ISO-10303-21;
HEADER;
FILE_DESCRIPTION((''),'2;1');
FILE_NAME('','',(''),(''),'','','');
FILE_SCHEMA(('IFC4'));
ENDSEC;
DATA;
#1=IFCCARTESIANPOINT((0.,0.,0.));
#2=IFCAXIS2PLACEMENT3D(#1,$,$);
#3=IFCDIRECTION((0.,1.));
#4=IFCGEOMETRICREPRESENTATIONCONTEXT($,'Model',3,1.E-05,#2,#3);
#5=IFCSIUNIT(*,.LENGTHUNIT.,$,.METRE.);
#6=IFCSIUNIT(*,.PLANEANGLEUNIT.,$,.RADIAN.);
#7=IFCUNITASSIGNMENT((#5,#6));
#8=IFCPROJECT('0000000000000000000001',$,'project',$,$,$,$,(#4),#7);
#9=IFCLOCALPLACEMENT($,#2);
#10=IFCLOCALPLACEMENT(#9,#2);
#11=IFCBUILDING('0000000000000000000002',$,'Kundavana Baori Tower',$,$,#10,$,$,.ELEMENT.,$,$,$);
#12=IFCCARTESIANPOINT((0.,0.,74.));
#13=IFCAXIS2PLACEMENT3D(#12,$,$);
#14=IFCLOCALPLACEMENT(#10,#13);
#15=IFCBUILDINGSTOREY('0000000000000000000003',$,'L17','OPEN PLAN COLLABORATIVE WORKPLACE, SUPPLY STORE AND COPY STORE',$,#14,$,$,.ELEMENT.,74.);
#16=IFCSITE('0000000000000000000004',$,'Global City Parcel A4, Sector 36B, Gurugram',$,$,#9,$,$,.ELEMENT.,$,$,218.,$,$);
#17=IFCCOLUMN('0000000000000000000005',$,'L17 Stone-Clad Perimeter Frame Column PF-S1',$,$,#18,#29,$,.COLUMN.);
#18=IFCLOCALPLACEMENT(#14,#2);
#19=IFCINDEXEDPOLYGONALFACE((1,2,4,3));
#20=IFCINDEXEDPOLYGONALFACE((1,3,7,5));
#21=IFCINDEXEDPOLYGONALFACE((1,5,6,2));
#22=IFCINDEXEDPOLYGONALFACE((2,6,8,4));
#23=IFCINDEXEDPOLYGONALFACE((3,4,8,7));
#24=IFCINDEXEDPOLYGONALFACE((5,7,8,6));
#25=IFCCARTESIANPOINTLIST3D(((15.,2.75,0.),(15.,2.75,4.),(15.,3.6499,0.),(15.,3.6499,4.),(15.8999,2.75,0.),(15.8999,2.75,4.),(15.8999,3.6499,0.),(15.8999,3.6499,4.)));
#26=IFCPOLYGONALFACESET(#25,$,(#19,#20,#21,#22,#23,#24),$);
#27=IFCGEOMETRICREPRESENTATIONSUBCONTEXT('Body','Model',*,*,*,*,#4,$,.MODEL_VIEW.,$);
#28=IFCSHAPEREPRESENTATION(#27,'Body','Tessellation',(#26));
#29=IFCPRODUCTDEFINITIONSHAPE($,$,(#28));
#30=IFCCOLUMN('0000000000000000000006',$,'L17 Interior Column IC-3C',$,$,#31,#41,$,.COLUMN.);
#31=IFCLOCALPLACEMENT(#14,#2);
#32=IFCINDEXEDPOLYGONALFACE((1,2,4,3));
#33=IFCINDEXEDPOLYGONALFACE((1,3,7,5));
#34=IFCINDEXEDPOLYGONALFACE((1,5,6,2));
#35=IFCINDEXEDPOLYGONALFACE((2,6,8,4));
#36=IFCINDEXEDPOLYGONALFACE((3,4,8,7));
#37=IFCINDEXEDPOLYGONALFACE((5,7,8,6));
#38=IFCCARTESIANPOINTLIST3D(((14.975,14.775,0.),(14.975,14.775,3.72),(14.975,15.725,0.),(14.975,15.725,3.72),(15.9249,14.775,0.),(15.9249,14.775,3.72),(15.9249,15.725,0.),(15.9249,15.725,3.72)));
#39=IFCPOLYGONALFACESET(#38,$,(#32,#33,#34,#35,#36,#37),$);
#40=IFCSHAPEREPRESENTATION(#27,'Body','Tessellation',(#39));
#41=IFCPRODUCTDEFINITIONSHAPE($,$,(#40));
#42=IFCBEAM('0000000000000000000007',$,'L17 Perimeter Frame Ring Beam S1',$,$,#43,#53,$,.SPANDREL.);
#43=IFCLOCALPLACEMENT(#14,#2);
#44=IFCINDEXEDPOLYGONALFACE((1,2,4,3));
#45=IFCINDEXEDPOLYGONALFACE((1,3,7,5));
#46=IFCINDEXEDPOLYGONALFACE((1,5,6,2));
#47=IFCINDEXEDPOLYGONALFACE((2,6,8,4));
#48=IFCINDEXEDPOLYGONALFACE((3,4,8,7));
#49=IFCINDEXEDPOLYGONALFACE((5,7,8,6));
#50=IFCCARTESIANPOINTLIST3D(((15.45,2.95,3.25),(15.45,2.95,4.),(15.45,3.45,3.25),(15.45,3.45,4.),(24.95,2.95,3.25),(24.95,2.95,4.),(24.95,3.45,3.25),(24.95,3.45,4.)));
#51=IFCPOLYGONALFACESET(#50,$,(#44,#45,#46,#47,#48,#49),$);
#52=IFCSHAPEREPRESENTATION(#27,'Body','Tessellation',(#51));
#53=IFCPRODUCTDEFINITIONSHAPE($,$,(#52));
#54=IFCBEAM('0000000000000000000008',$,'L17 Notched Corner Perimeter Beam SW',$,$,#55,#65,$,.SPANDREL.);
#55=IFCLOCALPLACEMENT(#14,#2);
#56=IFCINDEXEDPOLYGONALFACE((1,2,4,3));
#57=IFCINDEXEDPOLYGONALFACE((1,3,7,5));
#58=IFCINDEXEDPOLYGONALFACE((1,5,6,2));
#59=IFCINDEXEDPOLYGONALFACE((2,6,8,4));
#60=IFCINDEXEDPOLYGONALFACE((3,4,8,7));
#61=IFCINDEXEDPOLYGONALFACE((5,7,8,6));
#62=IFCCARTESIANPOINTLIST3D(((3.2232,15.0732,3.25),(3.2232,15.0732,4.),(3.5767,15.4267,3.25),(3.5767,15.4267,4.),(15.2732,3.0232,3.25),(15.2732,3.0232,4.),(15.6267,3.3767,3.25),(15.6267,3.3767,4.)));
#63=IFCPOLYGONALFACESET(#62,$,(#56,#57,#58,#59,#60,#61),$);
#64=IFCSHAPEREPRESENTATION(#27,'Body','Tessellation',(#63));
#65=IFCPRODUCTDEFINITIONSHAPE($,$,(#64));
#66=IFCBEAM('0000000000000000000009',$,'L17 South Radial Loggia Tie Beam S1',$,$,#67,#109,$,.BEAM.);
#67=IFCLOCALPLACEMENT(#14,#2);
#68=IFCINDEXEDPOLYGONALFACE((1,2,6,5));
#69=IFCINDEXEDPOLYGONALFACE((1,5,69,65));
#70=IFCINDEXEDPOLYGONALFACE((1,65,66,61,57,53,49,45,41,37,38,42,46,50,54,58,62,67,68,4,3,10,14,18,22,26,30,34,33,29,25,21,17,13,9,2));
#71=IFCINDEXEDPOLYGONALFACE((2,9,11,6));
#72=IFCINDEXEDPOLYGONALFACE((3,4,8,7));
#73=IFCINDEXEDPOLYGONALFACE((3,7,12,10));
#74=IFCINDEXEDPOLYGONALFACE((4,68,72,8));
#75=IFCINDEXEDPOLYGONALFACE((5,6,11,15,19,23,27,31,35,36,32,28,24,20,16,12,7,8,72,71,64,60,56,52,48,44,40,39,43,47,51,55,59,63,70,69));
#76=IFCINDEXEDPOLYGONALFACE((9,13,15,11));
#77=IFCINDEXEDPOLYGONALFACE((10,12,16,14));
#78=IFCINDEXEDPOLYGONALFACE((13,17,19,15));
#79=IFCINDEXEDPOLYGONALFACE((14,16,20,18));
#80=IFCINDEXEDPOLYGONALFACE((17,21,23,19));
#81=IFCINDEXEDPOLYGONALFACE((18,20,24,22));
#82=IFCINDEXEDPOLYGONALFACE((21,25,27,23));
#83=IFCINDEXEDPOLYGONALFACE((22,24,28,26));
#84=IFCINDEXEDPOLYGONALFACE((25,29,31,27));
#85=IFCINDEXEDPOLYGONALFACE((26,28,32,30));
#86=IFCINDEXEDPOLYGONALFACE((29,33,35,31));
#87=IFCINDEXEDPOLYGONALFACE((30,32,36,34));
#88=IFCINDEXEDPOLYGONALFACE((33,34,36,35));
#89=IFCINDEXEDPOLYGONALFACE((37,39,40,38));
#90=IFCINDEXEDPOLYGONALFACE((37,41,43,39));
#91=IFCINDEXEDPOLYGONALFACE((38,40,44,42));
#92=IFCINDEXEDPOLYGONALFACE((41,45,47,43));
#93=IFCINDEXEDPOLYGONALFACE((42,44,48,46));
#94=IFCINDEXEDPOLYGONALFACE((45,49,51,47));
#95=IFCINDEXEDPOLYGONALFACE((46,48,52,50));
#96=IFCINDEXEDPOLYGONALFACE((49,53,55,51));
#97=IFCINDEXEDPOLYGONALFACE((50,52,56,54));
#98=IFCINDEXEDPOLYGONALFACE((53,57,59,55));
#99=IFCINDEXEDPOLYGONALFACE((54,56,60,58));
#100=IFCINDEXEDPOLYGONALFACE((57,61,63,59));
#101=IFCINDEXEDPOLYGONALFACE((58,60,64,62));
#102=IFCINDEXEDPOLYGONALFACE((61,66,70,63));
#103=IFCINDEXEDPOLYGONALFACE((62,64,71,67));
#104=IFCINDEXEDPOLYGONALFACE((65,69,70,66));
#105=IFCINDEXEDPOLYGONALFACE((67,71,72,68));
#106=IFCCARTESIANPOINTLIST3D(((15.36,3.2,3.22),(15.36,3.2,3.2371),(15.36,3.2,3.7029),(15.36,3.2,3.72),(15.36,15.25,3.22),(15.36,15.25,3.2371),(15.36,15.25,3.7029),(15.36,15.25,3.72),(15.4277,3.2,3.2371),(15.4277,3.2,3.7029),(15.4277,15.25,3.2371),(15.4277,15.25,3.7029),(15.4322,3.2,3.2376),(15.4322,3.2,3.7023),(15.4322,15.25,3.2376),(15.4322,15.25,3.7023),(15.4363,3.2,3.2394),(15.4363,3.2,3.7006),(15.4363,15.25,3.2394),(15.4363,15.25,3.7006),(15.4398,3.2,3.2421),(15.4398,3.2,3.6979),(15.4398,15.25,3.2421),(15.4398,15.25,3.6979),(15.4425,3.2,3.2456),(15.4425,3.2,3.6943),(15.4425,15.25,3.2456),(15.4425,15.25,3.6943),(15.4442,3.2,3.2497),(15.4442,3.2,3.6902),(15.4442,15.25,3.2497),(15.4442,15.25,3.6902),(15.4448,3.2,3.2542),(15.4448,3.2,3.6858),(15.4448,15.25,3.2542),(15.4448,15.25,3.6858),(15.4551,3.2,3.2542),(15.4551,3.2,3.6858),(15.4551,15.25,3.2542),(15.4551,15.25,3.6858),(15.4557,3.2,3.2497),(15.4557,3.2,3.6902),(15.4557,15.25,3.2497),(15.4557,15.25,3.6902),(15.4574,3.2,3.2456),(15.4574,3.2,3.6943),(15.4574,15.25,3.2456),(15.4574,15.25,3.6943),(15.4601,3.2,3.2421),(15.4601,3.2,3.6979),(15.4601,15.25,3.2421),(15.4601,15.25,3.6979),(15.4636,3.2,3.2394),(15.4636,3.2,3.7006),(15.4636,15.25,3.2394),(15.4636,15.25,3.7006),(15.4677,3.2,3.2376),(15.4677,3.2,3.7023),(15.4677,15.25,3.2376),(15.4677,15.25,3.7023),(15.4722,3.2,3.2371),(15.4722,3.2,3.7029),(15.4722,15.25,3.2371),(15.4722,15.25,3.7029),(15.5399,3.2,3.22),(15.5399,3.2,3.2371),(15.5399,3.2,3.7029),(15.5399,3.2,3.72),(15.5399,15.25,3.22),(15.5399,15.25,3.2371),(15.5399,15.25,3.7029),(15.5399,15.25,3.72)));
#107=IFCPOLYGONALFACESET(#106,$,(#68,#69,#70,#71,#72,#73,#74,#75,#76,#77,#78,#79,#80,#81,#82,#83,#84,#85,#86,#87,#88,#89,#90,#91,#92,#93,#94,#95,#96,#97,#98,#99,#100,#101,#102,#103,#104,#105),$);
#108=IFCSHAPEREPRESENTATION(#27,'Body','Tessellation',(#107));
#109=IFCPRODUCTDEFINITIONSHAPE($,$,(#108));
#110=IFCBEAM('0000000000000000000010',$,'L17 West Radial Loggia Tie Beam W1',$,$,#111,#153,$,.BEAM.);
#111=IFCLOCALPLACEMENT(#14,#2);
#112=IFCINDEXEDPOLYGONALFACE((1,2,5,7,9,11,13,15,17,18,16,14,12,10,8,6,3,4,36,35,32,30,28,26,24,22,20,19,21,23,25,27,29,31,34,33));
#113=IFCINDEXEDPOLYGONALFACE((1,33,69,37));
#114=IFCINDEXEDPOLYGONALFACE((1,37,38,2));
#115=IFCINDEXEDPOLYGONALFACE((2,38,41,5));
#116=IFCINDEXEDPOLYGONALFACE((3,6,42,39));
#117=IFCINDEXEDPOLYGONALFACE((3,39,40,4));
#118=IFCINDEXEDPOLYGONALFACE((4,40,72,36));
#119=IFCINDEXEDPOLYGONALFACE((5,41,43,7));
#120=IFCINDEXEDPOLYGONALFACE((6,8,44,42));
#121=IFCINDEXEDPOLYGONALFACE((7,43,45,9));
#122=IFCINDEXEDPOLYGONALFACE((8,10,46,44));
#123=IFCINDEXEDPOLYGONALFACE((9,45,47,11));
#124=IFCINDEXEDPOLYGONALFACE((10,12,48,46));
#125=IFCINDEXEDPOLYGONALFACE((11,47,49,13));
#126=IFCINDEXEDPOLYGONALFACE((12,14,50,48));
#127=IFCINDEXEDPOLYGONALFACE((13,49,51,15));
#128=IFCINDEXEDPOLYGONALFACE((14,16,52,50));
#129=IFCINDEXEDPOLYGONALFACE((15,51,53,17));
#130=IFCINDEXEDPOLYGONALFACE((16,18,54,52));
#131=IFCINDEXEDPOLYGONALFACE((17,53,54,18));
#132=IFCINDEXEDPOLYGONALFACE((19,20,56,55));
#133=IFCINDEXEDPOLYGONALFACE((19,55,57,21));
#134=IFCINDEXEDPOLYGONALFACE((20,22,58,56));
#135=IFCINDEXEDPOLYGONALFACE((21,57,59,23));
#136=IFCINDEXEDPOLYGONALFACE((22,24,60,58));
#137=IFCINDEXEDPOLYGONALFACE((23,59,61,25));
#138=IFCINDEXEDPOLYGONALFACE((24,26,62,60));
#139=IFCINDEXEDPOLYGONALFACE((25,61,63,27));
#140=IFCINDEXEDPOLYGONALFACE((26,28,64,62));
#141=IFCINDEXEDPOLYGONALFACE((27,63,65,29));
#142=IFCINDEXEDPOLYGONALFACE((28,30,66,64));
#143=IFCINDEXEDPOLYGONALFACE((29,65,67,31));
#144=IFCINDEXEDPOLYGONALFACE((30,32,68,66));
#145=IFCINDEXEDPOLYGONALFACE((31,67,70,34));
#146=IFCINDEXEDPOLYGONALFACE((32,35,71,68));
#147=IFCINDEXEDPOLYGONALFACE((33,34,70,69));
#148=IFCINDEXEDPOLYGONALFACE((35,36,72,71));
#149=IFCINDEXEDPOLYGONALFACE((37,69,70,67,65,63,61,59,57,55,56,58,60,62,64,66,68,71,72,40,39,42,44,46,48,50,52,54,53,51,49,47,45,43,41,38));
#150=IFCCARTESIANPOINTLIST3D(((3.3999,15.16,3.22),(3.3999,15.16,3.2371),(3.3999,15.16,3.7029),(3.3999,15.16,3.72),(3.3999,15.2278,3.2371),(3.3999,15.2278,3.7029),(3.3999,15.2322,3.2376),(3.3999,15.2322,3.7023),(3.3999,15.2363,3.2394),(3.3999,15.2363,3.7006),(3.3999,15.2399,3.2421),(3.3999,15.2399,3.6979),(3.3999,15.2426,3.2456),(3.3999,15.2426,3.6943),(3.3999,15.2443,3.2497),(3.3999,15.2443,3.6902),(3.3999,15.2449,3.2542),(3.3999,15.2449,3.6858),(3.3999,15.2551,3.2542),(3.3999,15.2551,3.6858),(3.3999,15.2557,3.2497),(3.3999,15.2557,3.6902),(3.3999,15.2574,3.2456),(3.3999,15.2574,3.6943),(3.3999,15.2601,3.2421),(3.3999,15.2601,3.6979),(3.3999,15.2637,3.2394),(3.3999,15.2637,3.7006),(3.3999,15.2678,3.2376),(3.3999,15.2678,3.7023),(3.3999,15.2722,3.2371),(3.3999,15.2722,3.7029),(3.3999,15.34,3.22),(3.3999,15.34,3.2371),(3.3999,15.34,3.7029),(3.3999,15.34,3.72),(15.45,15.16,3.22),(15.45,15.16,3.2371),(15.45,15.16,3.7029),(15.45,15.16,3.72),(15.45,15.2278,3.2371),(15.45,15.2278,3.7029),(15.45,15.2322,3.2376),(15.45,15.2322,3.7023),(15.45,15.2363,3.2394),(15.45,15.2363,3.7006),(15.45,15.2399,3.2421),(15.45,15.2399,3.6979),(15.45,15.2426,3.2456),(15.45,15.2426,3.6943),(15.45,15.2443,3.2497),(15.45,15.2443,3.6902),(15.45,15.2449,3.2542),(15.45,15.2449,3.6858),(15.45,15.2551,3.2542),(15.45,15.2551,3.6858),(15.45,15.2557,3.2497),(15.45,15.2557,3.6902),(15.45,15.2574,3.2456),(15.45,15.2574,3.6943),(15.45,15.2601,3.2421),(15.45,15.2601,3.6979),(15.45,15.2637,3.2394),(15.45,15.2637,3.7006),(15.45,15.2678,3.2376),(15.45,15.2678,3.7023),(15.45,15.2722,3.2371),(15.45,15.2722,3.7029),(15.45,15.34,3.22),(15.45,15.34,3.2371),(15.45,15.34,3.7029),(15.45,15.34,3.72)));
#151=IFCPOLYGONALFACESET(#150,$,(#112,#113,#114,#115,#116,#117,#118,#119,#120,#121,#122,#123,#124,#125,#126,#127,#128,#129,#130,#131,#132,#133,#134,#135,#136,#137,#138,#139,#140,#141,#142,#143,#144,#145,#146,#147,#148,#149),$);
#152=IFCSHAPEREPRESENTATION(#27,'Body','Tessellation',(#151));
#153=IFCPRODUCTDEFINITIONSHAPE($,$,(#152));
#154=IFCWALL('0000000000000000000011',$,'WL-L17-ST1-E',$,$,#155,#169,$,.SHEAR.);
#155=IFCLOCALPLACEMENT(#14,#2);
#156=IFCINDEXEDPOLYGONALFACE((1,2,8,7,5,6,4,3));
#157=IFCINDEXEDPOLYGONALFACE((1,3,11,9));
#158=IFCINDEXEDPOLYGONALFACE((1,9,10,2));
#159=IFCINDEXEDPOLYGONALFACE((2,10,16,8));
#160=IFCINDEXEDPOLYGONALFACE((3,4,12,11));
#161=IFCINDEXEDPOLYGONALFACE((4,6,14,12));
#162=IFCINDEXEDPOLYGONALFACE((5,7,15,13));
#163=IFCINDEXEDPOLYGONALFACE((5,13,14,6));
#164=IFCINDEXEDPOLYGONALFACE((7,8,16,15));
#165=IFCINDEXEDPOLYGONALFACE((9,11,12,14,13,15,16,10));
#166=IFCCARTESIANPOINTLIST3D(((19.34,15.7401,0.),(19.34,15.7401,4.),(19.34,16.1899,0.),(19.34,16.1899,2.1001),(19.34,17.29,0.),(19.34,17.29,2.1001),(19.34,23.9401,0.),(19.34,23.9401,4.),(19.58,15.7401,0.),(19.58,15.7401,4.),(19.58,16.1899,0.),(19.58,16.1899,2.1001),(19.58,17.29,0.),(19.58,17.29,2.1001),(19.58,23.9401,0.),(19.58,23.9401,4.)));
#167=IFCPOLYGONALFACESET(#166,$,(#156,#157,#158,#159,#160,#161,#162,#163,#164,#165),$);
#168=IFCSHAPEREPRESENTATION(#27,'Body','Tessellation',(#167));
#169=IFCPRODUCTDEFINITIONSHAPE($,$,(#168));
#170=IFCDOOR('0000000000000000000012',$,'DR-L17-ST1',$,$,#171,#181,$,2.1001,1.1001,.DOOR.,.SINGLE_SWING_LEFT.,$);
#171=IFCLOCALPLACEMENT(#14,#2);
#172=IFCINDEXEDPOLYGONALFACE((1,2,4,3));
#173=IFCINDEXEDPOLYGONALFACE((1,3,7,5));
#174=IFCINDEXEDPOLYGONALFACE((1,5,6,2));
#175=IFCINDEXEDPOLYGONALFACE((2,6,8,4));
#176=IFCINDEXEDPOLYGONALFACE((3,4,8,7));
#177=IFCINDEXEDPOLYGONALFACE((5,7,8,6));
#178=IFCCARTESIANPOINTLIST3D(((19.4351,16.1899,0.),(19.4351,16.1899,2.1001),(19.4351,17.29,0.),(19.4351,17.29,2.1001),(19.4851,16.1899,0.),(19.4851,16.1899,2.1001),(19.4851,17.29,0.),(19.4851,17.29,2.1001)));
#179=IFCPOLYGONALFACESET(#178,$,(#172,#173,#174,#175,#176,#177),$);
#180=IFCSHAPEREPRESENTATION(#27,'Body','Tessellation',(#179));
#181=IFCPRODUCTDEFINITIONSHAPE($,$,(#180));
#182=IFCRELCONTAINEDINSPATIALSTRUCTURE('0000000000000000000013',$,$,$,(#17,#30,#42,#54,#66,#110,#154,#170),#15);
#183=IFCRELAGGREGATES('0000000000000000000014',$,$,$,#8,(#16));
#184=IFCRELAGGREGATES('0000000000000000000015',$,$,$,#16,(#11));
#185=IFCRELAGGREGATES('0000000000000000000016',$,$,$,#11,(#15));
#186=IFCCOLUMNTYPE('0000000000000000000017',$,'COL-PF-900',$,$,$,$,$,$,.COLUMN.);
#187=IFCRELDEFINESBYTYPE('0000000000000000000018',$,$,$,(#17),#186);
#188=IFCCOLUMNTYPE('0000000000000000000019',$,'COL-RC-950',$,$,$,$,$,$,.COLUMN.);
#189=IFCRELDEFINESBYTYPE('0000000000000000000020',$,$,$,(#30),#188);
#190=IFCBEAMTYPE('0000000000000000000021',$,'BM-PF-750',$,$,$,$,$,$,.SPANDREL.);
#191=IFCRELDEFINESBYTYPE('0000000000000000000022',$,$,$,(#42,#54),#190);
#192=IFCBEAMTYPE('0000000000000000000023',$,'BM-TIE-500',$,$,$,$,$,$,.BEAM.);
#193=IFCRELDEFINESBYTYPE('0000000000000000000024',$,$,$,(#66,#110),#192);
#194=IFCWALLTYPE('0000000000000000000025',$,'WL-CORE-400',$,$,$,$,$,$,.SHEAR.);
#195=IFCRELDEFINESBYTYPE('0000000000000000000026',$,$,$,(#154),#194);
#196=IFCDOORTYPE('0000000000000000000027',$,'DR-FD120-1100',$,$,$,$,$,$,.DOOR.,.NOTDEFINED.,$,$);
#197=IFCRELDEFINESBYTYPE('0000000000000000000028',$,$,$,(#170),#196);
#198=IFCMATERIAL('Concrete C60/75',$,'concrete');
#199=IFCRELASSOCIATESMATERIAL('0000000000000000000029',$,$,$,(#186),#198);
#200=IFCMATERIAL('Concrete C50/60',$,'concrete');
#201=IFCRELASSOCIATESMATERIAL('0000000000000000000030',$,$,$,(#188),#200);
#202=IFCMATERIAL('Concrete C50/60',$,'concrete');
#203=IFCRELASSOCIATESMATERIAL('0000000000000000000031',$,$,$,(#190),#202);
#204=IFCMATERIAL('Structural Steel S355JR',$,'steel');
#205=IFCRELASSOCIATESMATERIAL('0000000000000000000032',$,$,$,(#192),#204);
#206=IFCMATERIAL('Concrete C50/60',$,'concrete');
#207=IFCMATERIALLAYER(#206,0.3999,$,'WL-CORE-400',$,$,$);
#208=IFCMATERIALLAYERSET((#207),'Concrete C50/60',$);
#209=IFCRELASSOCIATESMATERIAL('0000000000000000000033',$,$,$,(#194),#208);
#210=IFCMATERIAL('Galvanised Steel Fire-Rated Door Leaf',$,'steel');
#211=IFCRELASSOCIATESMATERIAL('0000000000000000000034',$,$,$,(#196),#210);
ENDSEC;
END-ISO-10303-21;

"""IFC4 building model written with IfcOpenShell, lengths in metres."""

from ifc_helpers import new_model, si_unit, direction, frame, frame_2d, origin, origin_2d, place, context, subcontext, project, spatial, rectangle, i_section, extrude, material, layer, layer_set, material_profile, profile_set, type_object, element, fill, save


model = new_model("IFC4")

# Units and contexts
model_context = context("Model", 3, precision=1e-05, world=origin(), true_north=direction((0.0, 1.0)))
body_context = subcontext(model_context, "Body", "Model", "MODEL_VIEW")
ifc_project = project(units=[si_unit("LENGTHUNIT", "METRE"), si_unit("PLANEANGLEUNIT", "RADIAN")], contexts=[model_context])

# Site, building, storey
site_placement = place(None, origin())
site = spatial("IfcSite", under=ifc_project, at=site_placement, Name="Global City Parcel A4, Sector 36B, Gurugram", CompositionType="ELEMENT", RefElevation=218.0)
building_placement = place(site_placement, origin())
building = spatial("IfcBuilding", under=site, at=building_placement, Name="Kundavana Baori Tower", CompositionType="ELEMENT")
storey_placement = place(building_placement, frame((0.0, 0.0, 74.0)))
storey = spatial("IfcBuildingStorey", under=building, at=storey_placement, Name="L17", Description="OPEN PLAN COLLABORATIVE WORKPLACE, SUPPLY STORE AND COPY STORE", CompositionType="ELEMENT", Elevation=74.0)

# Columns
ifc_material_1 = material(Name="Concrete C60/75", Category="concrete")
ifc_material_profile_1 = material_profile(ifc_material_1, rectangle(XDim=0.8999, YDim=0.8999, at=origin_2d()), Name="RC PF 900x900")
ifc_profile_set_1 = profile_set([ifc_material_profile_1], Name="Concrete C60/75")
column_type_1 = type_object("IfcColumnType", Name="COL-PF-900", PredefinedType="COLUMN", material=ifc_profile_set_1)
column_1_placement = place(storey_placement, frame((15.45, 3.2, 0.0), z_axis=(0.0, 0.0, 1.0), x_axis=(1.0, 0.0, 0.0)))
element("IfcColumn", 1, at=column_1_placement, inside=storey, type_object=column_type_1, Name="L17 Stone-Clad Perimeter Frame Column PF-S1", PredefinedType="COLUMN", context=body_context, shape_type="SweptSolid", body=[
    extrude(rectangle(XDim=0.8999, YDim=0.8999, at=origin_2d()), origin(), (0.0, 0.0, 1.0), 4.0),
])
ifc_material_2 = material(Name="Concrete C50/60", Category="concrete")
ifc_material_profile_2 = material_profile(ifc_material_2, rectangle(XDim=0.95, YDim=0.95, at=origin_2d()), Name="RC 950x950")
ifc_profile_set_2 = profile_set([ifc_material_profile_2], Name="Concrete C50/60")
column_type_2 = type_object("IfcColumnType", Name="COL-RC-950", PredefinedType="COLUMN", material=ifc_profile_set_2)
column_2_placement = place(storey_placement, frame((15.45, 15.25, 0.0), z_axis=(0.0, 0.0, 1.0), x_axis=(1.0, 0.0, 0.0)))
element("IfcColumn", 2, at=column_2_placement, inside=storey, type_object=column_type_2, Name="L17 Interior Column IC-3C", PredefinedType="COLUMN", context=body_context, shape_type="SweptSolid", body=[
    extrude(rectangle(XDim=0.95, YDim=0.95, at=origin_2d()), origin(), (0.0, 0.0, 1.0), 3.72),
])

# Beams
ifc_material_3 = material(Name="Concrete C50/60", Category="concrete")
ifc_material_profile_3 = material_profile(ifc_material_3, rectangle(XDim=0.5, YDim=0.75, at=origin_2d()), Name="RC BM 500x750")
ifc_profile_set_3 = profile_set([ifc_material_profile_3], Name="Concrete C50/60")
beam_type_1 = type_object("IfcBeamType", Name="BM-PF-750", PredefinedType="SPANDREL", material=ifc_profile_set_3)
beam_1_placement = place(storey_placement, frame((15.45, 3.2, 3.625), z_axis=(1.0, 0.0, 0.0), x_axis=(0.0, 1.0, 0.0)))
element("IfcBeam", 3, at=beam_1_placement, inside=storey, type_object=beam_type_1, Name="L17 Perimeter Frame Ring Beam S1", PredefinedType="SPANDREL", context=body_context, shape_type="SweptSolid", body=[
    extrude(rectangle(XDim=0.5, YDim=0.75, at=origin_2d()), origin(), (0.0, 0.0, 1.0), 9.5),
])
beam_2_placement = place(storey_placement, frame((15.45, 3.2, 3.625), z_axis=(-0.707107, 0.707107, 0.0), x_axis=(-0.707107, -0.707107, 0.0)))
element("IfcBeam", 4, at=beam_2_placement, inside=storey, type_object=beam_type_1, Name="L17 Notched Corner Perimeter Beam SW", PredefinedType="SPANDREL", context=body_context, shape_type="SweptSolid", body=[
    extrude(rectangle(XDim=0.5, YDim=0.75, at=origin_2d()), origin(), (0.0, 0.0, 1.0), 17.0413),
])
ifc_material_4 = material(Name="Structural Steel S355JR", Category="steel")
ifc_material_profile_4 = material_profile(ifc_material_4, i_section(OverallWidth=0.1799, OverallDepth=0.5, WebThickness=0.0103, FlangeThickness=0.0171, FilletRadius=0.0171, at=origin_2d()), Name="ISMB 500")
ifc_profile_set_4 = profile_set([ifc_material_profile_4], Name="Structural Steel S355JR")
beam_type_2 = type_object("IfcBeamType", Name="BM-TIE-500", PredefinedType="BEAM", material=ifc_profile_set_4)
for number, where, z_axis, x_axis, name in (
    (5, (15.45, 15.25, 3.47), (0.0, -1.0, 0.0), (1.0, 0.0, 0.0), "L17 South Radial Loggia Tie Beam S1"),
    (6, (15.45, 15.25, 3.47), (-1.0, 0.0, 0.0), (0.0, -1.0, 0.0), "L17 West Radial Loggia Tie Beam W1"),
):
    element("IfcBeam", number, at=place(storey_placement, frame(where, z_axis=z_axis, x_axis=x_axis)), inside=storey, type_object=beam_type_2, Name=name, PredefinedType="BEAM", context=body_context, shape_type="SweptSolid", body=[
        extrude(i_section(OverallWidth=0.1799, OverallDepth=0.5, WebThickness=0.0103, FlangeThickness=0.0171, FilletRadius=0.0171, at=origin_2d()), origin(), (0.0, 0.0, 1.0), 12.05),
    ])

# Wall, opening, door
ifc_material_5 = material(Name="Concrete C50/60", Category="concrete")
ifc_layer = layer(ifc_material_5, 0.3999, Name="WL-CORE-400")
ifc_layer_set = layer_set([ifc_layer], Name="Concrete C50/60")
wall_type = type_object("IfcWallType", Name="WL-CORE-400", PredefinedType="SHEAR", material=ifc_layer_set)
wall_placement = place(storey_placement, frame((19.46, 15.74, 0.0), z_axis=(0.0, 0.0, 1.0), x_axis=(0.0, 1.0, 0.0)))
wall = element("IfcWall", 7, at=wall_placement, inside=storey, type_object=wall_type, Name="WL-L17-ST1-E", PredefinedType="SHEAR", context=body_context, shape_type="SweptSolid", body=[
    extrude(rectangle(XDim=8.2, YDim=0.24, at=frame_2d((4.1001, 0.0))), origin(), (0.0, 0.0, 1.0), 4.0),
])
opening_placement = place(wall_placement, frame((0.45, 0.0, 0.0)))
opening = element("IfcOpeningElement", 8, at=opening_placement, cuts=wall, PredefinedType="OPENING", context=body_context, shape_type="SweptSolid", body=[
    extrude(rectangle(XDim=1.1001, YDim=2.1001, at=frame_2d((0.55, 1.05))), frame((0.0, 0.1299, 0.0), z_axis=(0.0, -1.0, 0.0), x_axis=(1.0, 0.0, 0.0)), (0.0, 0.0, 1.0), 0.26),
])
ifc_material_6 = material(Name="Galvanised Steel Fire-Rated Door Leaf", Category="steel")
door_type = type_object("IfcDoorType", Name="DR-FD120-1100", OperationType="NOTDEFINED", PredefinedType="DOOR", material=ifc_material_6)
door_placement = place(opening_placement, origin())
door = element("IfcDoor", 9, at=door_placement, inside=storey, type_object=door_type, Name="DR-L17-ST1", OperationType="SINGLE_SWING_LEFT", OverallHeight=2.1001, OverallWidth=1.1001, PredefinedType="DOOR", context=body_context, shape_type="SweptSolid", body=[
    extrude(rectangle(XDim=1.1001, YDim=2.1001, at=frame_2d((0.55, 1.05))), frame((0.0, 0.0249, 0.0), z_axis=(0.0, -1.0, 0.0), x_axis=(1.0, 0.0, 0.0)), (0.0, 0.0, 1.0), 0.05),
])
fill(opening, door)

save(model, "model.ifc")
